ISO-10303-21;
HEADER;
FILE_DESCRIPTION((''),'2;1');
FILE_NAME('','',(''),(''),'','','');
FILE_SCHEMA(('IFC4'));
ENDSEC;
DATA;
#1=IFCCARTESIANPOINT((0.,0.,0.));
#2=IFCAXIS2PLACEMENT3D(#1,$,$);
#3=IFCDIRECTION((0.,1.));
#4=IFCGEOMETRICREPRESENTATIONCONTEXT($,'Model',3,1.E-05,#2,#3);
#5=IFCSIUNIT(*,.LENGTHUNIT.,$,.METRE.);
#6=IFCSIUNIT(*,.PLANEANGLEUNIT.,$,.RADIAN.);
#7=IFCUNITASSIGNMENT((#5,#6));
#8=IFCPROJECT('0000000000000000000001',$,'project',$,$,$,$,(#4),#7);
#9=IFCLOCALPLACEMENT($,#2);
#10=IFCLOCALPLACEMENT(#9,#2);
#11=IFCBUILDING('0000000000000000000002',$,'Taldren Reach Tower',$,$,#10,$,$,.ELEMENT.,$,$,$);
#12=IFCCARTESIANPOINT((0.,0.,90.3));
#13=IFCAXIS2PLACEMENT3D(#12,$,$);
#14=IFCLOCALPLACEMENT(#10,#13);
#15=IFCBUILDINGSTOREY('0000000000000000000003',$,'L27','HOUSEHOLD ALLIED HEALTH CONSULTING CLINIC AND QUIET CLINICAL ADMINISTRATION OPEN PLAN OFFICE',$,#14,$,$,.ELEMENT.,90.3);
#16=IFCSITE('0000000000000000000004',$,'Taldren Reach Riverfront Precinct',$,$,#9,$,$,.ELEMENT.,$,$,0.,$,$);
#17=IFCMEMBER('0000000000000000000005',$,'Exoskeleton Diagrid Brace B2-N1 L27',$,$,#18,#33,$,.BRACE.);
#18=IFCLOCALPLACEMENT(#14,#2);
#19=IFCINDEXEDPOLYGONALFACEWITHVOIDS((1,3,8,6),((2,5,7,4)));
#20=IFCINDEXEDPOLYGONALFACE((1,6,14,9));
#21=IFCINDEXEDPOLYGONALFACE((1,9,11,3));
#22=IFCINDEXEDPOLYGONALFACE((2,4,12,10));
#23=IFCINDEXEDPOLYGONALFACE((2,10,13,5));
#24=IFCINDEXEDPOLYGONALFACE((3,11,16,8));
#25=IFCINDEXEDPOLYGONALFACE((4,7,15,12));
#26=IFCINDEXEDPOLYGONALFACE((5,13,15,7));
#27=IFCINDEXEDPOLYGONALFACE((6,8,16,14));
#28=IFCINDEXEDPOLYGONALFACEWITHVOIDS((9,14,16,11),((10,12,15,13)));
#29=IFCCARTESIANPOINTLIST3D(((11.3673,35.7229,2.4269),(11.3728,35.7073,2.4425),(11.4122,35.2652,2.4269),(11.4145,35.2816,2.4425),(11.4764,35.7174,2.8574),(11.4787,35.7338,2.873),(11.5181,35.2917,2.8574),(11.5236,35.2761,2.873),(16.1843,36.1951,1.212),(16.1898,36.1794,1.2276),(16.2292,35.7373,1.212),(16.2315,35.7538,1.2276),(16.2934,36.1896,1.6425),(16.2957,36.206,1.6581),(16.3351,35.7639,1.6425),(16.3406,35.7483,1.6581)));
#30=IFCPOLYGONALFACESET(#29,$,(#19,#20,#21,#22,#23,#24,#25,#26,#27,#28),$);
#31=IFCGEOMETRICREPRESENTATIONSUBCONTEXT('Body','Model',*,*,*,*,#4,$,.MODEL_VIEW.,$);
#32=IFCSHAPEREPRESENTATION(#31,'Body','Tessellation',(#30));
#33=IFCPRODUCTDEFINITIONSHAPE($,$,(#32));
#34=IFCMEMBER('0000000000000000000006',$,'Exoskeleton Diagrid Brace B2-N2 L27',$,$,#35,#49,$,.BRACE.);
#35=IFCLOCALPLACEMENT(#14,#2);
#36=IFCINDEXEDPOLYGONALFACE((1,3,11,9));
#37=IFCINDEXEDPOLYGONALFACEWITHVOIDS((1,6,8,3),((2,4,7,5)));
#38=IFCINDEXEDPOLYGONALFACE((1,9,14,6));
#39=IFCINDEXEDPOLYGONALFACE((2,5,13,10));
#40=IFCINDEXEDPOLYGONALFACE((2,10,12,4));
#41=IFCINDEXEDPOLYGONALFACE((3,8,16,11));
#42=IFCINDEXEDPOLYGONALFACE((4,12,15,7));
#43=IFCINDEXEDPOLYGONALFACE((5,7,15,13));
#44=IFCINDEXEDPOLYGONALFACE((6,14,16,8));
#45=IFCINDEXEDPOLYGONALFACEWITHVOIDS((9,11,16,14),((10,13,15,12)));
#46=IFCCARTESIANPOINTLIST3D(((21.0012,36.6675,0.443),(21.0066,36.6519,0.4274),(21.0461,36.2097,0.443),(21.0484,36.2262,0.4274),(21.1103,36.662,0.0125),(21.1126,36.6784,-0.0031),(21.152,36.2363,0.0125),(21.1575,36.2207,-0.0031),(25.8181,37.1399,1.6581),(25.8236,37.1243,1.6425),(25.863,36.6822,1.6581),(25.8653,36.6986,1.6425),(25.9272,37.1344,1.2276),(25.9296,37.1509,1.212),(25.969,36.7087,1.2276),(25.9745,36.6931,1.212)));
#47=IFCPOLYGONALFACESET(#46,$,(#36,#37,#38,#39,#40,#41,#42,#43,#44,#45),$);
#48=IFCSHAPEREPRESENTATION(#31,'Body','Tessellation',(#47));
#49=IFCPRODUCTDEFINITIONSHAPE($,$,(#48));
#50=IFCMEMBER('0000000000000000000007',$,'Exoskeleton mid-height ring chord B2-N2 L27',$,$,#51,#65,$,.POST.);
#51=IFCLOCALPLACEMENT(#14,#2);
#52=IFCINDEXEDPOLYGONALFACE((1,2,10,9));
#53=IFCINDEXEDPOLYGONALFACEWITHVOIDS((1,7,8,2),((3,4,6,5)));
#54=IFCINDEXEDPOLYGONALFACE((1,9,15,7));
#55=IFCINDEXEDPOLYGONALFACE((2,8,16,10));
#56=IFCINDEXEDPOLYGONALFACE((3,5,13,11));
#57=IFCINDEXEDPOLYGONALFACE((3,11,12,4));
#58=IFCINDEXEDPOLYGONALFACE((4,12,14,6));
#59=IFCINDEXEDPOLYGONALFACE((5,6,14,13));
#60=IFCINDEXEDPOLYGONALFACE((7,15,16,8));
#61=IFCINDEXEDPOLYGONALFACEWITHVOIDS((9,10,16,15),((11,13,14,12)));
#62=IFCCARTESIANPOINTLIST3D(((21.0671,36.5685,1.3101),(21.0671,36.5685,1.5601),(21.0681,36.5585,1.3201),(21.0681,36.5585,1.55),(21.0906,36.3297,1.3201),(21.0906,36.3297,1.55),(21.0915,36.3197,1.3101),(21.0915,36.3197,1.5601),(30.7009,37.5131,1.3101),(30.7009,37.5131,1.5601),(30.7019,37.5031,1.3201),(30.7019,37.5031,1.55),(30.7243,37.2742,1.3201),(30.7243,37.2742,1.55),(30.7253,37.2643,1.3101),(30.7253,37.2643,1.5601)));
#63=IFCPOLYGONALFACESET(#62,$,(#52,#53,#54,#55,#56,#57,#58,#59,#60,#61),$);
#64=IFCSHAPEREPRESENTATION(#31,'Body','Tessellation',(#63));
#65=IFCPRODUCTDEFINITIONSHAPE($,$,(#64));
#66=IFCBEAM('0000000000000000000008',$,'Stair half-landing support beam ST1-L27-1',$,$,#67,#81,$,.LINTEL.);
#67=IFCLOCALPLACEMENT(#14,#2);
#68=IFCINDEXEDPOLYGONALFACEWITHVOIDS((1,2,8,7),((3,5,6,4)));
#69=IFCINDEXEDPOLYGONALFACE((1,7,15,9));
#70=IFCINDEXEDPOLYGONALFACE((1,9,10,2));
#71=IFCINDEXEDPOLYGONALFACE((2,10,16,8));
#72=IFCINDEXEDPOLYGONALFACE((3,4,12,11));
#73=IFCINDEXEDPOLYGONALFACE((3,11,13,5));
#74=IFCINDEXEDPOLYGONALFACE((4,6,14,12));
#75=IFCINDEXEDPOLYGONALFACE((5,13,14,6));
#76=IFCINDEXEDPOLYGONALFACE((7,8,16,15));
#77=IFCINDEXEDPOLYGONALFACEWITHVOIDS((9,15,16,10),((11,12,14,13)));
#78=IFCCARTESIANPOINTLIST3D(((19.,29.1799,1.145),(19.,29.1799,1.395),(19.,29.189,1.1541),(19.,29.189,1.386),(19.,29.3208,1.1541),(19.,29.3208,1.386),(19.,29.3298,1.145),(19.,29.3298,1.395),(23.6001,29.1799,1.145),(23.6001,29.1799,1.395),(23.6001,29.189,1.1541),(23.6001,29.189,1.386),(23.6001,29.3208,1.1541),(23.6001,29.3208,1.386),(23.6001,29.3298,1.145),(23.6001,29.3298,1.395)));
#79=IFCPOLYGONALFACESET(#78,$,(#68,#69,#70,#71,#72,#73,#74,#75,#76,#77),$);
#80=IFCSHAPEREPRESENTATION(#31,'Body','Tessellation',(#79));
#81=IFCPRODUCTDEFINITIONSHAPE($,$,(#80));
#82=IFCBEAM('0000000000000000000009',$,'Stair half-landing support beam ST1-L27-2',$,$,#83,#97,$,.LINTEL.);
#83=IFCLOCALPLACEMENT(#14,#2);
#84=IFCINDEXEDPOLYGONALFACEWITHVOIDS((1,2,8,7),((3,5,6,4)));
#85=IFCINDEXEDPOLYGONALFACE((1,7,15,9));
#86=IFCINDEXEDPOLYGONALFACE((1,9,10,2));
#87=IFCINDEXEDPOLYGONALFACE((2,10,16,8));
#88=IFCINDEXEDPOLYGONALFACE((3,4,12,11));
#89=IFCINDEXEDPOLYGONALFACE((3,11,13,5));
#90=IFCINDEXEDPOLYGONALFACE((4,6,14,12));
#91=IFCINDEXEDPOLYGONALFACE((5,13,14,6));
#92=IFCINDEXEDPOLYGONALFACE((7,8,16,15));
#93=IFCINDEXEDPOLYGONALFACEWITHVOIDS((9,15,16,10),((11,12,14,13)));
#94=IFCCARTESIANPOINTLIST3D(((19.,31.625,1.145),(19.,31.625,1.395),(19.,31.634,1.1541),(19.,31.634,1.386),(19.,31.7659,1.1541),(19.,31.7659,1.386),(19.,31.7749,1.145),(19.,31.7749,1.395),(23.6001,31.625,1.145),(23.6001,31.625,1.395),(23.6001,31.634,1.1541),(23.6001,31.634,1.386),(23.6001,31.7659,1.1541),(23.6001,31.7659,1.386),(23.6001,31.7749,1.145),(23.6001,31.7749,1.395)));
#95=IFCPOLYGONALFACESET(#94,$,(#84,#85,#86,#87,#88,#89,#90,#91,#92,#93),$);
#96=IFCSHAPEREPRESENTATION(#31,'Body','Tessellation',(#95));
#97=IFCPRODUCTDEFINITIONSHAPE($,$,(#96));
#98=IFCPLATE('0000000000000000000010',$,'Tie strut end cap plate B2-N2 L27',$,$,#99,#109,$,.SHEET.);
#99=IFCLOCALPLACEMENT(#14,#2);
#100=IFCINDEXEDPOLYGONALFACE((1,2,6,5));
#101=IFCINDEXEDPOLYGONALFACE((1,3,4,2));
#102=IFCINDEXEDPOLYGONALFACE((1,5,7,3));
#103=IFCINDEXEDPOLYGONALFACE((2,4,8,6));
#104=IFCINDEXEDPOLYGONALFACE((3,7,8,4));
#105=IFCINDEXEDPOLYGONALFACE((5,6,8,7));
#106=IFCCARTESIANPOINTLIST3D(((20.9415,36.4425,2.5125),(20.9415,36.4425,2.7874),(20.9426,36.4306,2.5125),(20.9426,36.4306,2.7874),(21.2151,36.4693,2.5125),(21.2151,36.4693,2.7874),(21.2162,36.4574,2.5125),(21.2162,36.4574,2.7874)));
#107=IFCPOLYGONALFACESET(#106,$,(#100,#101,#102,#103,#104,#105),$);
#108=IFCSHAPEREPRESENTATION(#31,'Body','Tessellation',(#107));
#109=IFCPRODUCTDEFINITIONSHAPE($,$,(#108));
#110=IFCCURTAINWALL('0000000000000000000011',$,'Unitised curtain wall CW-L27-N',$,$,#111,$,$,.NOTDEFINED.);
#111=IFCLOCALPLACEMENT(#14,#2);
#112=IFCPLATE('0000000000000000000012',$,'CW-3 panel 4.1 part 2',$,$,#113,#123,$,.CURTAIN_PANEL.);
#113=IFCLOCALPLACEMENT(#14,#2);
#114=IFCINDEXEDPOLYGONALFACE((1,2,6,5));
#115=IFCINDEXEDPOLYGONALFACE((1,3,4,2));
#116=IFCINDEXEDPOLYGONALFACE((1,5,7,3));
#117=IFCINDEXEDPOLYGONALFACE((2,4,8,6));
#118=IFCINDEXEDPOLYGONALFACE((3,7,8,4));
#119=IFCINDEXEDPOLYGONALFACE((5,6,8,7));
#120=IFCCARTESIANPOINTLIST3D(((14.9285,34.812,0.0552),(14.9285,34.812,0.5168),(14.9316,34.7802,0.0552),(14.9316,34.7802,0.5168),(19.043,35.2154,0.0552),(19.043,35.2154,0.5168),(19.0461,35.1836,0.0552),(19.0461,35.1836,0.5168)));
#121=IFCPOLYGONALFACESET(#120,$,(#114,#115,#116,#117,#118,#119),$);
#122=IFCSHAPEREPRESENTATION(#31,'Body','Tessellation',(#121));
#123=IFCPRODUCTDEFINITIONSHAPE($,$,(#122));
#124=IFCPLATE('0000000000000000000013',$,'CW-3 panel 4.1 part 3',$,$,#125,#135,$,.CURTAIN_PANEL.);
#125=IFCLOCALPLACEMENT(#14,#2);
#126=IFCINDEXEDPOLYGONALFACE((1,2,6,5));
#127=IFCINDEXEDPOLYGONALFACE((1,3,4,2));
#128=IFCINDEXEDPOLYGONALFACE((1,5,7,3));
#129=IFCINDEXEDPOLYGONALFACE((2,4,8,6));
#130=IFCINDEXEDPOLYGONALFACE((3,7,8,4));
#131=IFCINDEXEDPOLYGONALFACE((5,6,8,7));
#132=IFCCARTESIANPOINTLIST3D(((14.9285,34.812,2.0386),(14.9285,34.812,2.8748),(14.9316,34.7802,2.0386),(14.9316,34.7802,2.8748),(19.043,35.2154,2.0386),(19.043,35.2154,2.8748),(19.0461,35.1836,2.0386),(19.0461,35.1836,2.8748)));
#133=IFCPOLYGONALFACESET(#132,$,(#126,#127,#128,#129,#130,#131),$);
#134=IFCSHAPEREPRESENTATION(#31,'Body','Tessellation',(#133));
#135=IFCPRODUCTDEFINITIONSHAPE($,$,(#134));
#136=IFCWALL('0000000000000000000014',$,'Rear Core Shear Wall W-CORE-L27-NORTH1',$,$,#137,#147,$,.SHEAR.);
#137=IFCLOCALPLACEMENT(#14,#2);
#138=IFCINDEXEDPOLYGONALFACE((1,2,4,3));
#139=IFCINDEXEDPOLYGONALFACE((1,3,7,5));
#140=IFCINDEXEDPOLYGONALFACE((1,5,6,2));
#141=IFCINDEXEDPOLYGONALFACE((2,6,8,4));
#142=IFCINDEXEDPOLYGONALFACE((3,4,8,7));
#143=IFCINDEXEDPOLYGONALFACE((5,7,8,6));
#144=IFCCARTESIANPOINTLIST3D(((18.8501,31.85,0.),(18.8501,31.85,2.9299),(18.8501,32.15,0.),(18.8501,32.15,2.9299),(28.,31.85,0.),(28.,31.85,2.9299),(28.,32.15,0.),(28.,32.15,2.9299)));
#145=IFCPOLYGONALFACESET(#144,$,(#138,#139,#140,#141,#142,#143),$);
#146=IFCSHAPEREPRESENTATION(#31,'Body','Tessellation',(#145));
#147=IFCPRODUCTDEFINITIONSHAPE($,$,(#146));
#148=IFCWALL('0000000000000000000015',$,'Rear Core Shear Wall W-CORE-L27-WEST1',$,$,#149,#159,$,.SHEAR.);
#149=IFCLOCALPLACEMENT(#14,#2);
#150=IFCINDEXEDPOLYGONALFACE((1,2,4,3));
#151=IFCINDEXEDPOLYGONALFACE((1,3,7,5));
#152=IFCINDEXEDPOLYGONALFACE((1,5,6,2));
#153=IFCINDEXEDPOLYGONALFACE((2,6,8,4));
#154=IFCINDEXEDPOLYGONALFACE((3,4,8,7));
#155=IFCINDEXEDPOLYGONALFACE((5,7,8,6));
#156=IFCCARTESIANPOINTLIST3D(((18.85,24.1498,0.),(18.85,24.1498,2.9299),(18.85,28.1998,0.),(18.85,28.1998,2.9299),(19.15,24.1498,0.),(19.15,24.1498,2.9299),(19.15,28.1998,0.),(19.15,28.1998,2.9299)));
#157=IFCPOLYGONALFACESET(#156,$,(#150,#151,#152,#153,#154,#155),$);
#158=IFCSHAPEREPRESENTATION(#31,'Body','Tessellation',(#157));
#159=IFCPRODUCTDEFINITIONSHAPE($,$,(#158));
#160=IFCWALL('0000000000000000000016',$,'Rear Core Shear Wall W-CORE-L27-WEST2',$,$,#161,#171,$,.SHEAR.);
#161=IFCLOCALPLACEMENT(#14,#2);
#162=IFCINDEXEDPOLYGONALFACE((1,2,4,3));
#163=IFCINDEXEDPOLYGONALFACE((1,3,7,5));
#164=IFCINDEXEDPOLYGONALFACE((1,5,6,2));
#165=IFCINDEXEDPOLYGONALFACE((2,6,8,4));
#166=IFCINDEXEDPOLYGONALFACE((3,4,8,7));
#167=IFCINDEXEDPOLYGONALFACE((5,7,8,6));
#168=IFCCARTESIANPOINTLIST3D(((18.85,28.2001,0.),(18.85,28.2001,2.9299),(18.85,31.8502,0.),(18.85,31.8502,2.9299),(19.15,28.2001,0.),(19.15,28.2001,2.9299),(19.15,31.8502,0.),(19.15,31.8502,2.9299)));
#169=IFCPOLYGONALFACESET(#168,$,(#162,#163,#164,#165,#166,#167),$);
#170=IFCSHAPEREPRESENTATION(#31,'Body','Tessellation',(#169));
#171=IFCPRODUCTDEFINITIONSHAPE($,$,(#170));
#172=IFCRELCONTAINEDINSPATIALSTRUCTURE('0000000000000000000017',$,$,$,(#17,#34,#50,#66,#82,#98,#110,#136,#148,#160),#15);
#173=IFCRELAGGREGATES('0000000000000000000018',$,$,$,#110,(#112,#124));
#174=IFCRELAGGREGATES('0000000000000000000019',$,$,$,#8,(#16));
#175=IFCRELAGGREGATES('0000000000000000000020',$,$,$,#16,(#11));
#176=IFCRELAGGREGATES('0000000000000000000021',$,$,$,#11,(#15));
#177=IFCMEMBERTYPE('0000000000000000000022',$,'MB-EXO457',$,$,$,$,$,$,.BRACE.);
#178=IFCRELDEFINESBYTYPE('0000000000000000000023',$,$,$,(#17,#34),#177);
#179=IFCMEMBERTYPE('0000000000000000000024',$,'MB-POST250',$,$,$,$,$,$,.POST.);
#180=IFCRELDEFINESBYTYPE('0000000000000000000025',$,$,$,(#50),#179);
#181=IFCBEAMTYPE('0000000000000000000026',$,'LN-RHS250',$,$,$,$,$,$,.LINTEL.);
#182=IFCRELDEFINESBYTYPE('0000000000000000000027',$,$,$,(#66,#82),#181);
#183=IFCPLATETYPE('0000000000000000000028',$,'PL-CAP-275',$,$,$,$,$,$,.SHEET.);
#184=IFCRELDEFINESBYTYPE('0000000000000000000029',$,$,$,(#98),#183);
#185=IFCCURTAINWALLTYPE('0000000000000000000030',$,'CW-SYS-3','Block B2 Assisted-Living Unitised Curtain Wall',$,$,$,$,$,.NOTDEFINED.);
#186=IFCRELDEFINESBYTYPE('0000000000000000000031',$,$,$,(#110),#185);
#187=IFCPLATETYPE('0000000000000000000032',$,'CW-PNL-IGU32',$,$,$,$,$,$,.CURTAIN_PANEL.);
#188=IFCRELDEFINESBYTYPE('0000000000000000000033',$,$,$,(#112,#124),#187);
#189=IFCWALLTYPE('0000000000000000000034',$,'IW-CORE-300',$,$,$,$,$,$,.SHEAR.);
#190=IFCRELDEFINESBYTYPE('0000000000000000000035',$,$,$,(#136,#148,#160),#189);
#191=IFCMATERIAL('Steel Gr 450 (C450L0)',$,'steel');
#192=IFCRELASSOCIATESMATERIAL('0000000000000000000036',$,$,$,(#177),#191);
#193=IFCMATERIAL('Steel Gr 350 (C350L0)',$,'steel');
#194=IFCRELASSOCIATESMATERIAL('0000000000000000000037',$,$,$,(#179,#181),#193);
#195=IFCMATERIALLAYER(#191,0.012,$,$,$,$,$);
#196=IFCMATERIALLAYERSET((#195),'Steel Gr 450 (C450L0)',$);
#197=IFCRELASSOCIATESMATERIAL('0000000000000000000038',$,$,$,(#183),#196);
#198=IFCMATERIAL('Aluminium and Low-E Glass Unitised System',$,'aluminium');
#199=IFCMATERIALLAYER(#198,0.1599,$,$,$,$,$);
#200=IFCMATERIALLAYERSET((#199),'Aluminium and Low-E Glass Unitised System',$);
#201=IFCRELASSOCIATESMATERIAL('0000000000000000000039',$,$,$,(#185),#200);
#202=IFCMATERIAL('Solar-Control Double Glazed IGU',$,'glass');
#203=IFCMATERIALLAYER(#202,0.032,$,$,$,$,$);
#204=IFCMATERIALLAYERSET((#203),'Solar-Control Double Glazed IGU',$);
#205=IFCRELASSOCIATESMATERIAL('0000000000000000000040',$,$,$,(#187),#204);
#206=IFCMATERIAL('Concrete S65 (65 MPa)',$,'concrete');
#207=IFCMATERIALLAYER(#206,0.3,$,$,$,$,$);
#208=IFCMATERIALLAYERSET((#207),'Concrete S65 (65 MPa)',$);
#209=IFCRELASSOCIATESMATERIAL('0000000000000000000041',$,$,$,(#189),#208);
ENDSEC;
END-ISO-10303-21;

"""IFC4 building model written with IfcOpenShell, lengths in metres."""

from ifc_helpers import new_model, si_unit, direction, frame, frame_2d, origin, origin_2d, place, context, subcontext, project, spatial, rectangle, hollow_rectangle, extrude, source, transform, mapped, material, layer, layer_set, material_profile, profile_set, type_object, element, aggregate, save


model = new_model("IFC4")

# Units and contexts
model_context = context("Model", 3, precision=1e-05, world=origin(), true_north=direction((0.0, 1.0)))
body_context = subcontext(model_context, "Body", "Model", "MODEL_VIEW")
ifc_project = project(units=[si_unit("LENGTHUNIT", "METRE"), si_unit("PLANEANGLEUNIT", "RADIAN")], contexts=[model_context])

# Site, building, storey
site_placement = place(None, origin())
site = spatial("IfcSite", under=ifc_project, at=site_placement, Name="Taldren Reach Riverfront Precinct", CompositionType="ELEMENT", RefElevation=0.0)
building_placement = place(site_placement, origin())
building = spatial("IfcBuilding", under=site, at=building_placement, Name="Taldren Reach Tower", CompositionType="ELEMENT")
storey_placement = place(building_placement, frame((0.0, 0.0, 90.3)))
storey = spatial("IfcBuildingStorey", under=building, at=storey_placement, Name="L27", Description="HOUSEHOLD ALLIED HEALTH CONSULTING CLINIC AND QUIET CLINICAL ADMINISTRATION OPEN PLAN OFFICE", CompositionType="ELEMENT", Elevation=90.3)

# Shared definitions
ifc_material_1 = material(Name="Concrete S65 (65 MPa)", Category="concrete")

# Members
ifc_material_2 = material(Name="Steel Gr 450 (C450L0)", Category="steel")
ifc_material_profile_1 = material_profile(ifc_material_2, hollow_rectangle(XDim=0.46, YDim=0.46, WallThickness=0.0161, at=origin_2d()), Name="460x460x16.0SHS")
ifc_profile_set_1 = profile_set([ifc_material_profile_1], Name="Steel Gr 450 (C450L0)")
member_type_1 = type_object("IfcMemberType", Name="MB-EXO457", PredefinedType="BRACE", material=ifc_profile_set_1)
shared_shape_1 = source(origin(), body_context, "Body", "SweptSolid", [
    extrude(hollow_rectangle(XDim=0.46, YDim=0.46, WallThickness=0.0161, at=origin_2d()), origin(), (0.0, 0.0, 1.0), 4.9902),
])
for number, where, z_axis, x_axis, name in (
    (1, (16.2625, 35.9717, 1.4351), (-0.965287, -0.094621, 0.24345), (0.097556, -0.99523, 0.0), "Exoskeleton Diagrid Brace B2-N1 L27"),
    (2, (21.0793, 36.4441, 0.22), (0.965271, 0.094668, 0.243495), (-0.097606, 0.995225, 0.0), "Exoskeleton Diagrid Brace B2-N2 L27"),
):
    element("IfcMember", number, at=place(storey_placement, frame(where, z_axis=z_axis, x_axis=x_axis)), inside=storey, type_object=member_type_1, Name=name, PredefinedType="BRACE", context=body_context, shape_type="MappedRepresentation", body=[
        mapped(shared_shape_1, transform((0.0, 0.0, 0.0), scale=1.0)),
    ])
ifc_material_3 = material(Name="Steel Gr 350 (C350L0)", Category="steel")
ifc_material_profile_2 = material_profile(ifc_material_3, hollow_rectangle(XDim=0.25, YDim=0.25, WallThickness=0.01, at=origin_2d()), Name="250x250x10.0SHS")
ifc_profile_set_2 = profile_set([ifc_material_profile_2], Name="Steel Gr 350 (C350L0)")
member_type_2 = type_object("IfcMemberType", Name="MB-POST250", PredefinedType="POST", material=ifc_profile_set_2)
shared_shape_2 = source(origin(), body_context, "Body", "SweptSolid", [
    extrude(hollow_rectangle(XDim=0.25, YDim=0.25, WallThickness=0.01, at=origin_2d()), origin(), (0.0, 0.0, 1.0), 9.6799),
])
member_placement = place(storey_placement, frame((21.0793, 36.4441, 1.4351), z_axis=(0.995228, 0.097581, 0.0), x_axis=(-0.097581, 0.995228, 0.0)))
element("IfcMember", 3, at=member_placement, inside=storey, type_object=member_type_2, Name="Exoskeleton mid-height ring chord B2-N2 L27", PredefinedType="POST", context=body_context, shape_type="MappedRepresentation", body=[
    mapped(shared_shape_2, transform((0.0, 0.0, 0.0), scale=1.0)),
])

# Beams
ifc_material_profile_3 = material_profile(ifc_material_3, hollow_rectangle(XDim=0.1499, YDim=0.25, WallThickness=0.009, at=origin_2d()), Name="250x150x9.0RHS")
ifc_profile_set_3 = profile_set([ifc_material_profile_3], Name="Steel Gr 350 (C350L0)")
beam_type_1 = type_object("IfcBeamType", Name="LN-RHS250", PredefinedType="LINTEL", material=ifc_profile_set_3)
shared_shape_3 = source(origin(), body_context, "Body", "SweptSolid", [
    extrude(hollow_rectangle(XDim=0.1499, YDim=0.25, WallThickness=0.009, at=origin_2d()), origin(), (0.0, 0.0, 1.0), 4.6001),
])
for number, where, z_axis, x_axis, name in (
    (4, (19.0, 29.2549, 1.27), (1.0, 0.0, 0.0), (0.0, 1.0, 0.0), "Stair half-landing support beam ST1-L27-1"),
    (5, (19.0, 31.7, 1.27), (1.0, 0.0, 0.0), (0.0, 1.0, 0.0), "Stair half-landing support beam ST1-L27-2"),
):
    element("IfcBeam", number, at=place(storey_placement, frame(where, z_axis=z_axis, x_axis=x_axis)), inside=storey, type_object=beam_type_1, Name=name, PredefinedType="LINTEL", context=body_context, shape_type="MappedRepresentation", body=[
        mapped(shared_shape_3, transform((0.0, 0.0, 0.0), scale=1.0)),
    ])

# Plate
ifc_layer_1 = layer(ifc_material_2, 0.012)
ifc_layer_set_1 = layer_set([ifc_layer_1], Name="Steel Gr 450 (C450L0)")
plate_type_1 = type_object("IfcPlateType", Name="PL-CAP-275", PredefinedType="SHEET", material=ifc_layer_set_1)
shared_shape_4 = source(origin(), body_context, "Body", "SweptSolid", [
    extrude(rectangle(XDim=0.2749, YDim=0.012, at=origin_2d()), origin(), (0.0, 0.0, 1.0), 0.2749),
])
plate_1_placement = place(storey_placement, frame((21.0789, 36.45, 2.5125), z_axis=(0.0, 0.0, 1.0), x_axis=(0.995227, 0.097583, 0.0)))
element("IfcPlate", 6, at=plate_1_placement, inside=storey, type_object=plate_type_1, Name="Tie strut end cap plate B2-N2 L27", PredefinedType="SHEET", context=body_context, shape_type="MappedRepresentation", body=[
    mapped(shared_shape_4, transform((0.0, 0.0, 0.0), scale=1.0)),
])

# Curtain wall, plates
ifc_material_4 = material(Name="Aluminium and Low-E Glass Unitised System", Category="aluminium")
ifc_layer_2 = layer(ifc_material_4, 0.1599)
ifc_layer_set_2 = layer_set([ifc_layer_2], Name="Aluminium and Low-E Glass Unitised System")
curtain_wall_type = type_object("IfcCurtainWallType", Name="CW-SYS-3", Description="Block B2 Assisted-Living Unitised Curtain Wall", PredefinedType="NOTDEFINED", material=ifc_layer_set_2)
curtain_wall_placement = place(storey_placement, origin())
curtain_wall = element("IfcCurtainWall", 7, at=curtain_wall_placement, inside=storey, type_object=curtain_wall_type, Name="Unitised curtain wall CW-L27-N", PredefinedType="NOTDEFINED")
ifc_material_5 = material(Name="Solar-Control Double Glazed IGU", Category="glass")
ifc_layer_3 = layer(ifc_material_5, 0.032)
ifc_layer_set_3 = layer_set([ifc_layer_3], Name="Solar-Control Double Glazed IGU")
plate_type_2 = type_object("IfcPlateType", Name="CW-PNL-IGU32", PredefinedType="CURTAIN_PANEL", material=ifc_layer_set_3)
shared_shape_5 = source(origin(), body_context, "Body", "SweptSolid", [
    extrude(rectangle(XDim=4.1343, YDim=0.032, at=origin_2d()), origin(), (0.0, 0.0, 1.0), 0.4617),
])
plate_2_placement = place(storey_placement, frame((16.9873, 34.9978, 0.0552), z_axis=(0.0, 0.0, 1.0), x_axis=(-0.995227, -0.097583, 0.0)))
plate_2 = element("IfcPlate", 8, at=plate_2_placement, type_object=plate_type_2, Name="CW-3 panel 4.1 part 2", PredefinedType="CURTAIN_PANEL", context=body_context, shape_type="MappedRepresentation", body=[
    mapped(shared_shape_5, transform((0.0, 0.0, 0.0), scale=1.0)),
])
shared_shape_6 = source(origin(), body_context, "Body", "SweptSolid", [
    extrude(rectangle(XDim=4.1343, YDim=0.032, at=origin_2d()), origin(), (0.0, 0.0, 1.0), 0.8362),
])
plate_3_placement = place(storey_placement, frame((16.9873, 34.9978, 2.0386), z_axis=(0.0, 0.0, 1.0), x_axis=(-0.995227, -0.097583, 0.0)))
plate_3 = element("IfcPlate", 9, at=plate_3_placement, type_object=plate_type_2, Name="CW-3 panel 4.1 part 3", PredefinedType="CURTAIN_PANEL", context=body_context, shape_type="MappedRepresentation", body=[
    mapped(shared_shape_6, transform((0.0, 0.0, 0.0), scale=1.0)),
])
aggregate(curtain_wall, [plate_2, plate_3])

# Walls
ifc_layer_4 = layer(ifc_material_1, 0.3)
ifc_layer_set_4 = layer_set([ifc_layer_4], Name="Concrete S65 (65 MPa)")
wall_type_1 = type_object("IfcWallType", Name="IW-CORE-300", PredefinedType="SHEAR", material=ifc_layer_set_4)
shared_shape_7 = source(origin(), body_context, "Body", "SweptSolid", [
    extrude(rectangle(XDim=9.1499, YDim=0.3, at=frame_2d((4.575, 0.0))), origin(), (0.0, 0.0, 1.0), 2.9299),
])
wall_1_placement = place(storey_placement, frame((18.8501, 32.0, 0.0), z_axis=(0.0, 0.0, 1.0), x_axis=(1.0, 0.0, 0.0)))
element("IfcWall", 10, at=wall_1_placement, inside=storey, type_object=wall_type_1, Name="Rear Core Shear Wall W-CORE-L27-NORTH1", PredefinedType="SHEAR", context=body_context, shape_type="MappedRepresentation", body=[
    mapped(shared_shape_7, transform((0.0, 0.0, 0.0), scale=1.0)),
])
shared_shape_8 = source(origin(), body_context, "Body", "SweptSolid", [
    extrude(rectangle(XDim=4.05, YDim=0.3, at=frame_2d((2.0249, 0.0))), origin(), (0.0, 0.0, 1.0), 2.9299),
])
wall_2_placement = place(storey_placement, frame((19.0, 24.1499, 0.0), z_axis=(0.0, 0.0, 1.0), x_axis=(0.0, 1.0, 0.0)))
element("IfcWall", 11, at=wall_2_placement, inside=storey, type_object=wall_type_1, Name="Rear Core Shear Wall W-CORE-L27-WEST1", PredefinedType="SHEAR", context=body_context, shape_type="MappedRepresentation", body=[
    mapped(shared_shape_8, transform((0.0, 0.0, 0.0), scale=1.0)),
])
shared_shape_9 = source(origin(), body_context, "Body", "SweptSolid", [
    extrude(rectangle(XDim=3.6501, YDim=0.3, at=frame_2d((1.8252, 0.0))), origin(), (0.0, 0.0, 1.0), 2.9299),
])
wall_3_placement = place(storey_placement, frame((19.0, 28.2, 0.0), z_axis=(0.0, 0.0, 1.0), x_axis=(0.0, 1.0, 0.0)))
element("IfcWall", 12, at=wall_3_placement, inside=storey, type_object=wall_type_1, Name="Rear Core Shear Wall W-CORE-L27-WEST2", PredefinedType="SHEAR", context=body_context, shape_type="MappedRepresentation", body=[
    mapped(shared_shape_9, transform((0.0, 0.0, 0.0), scale=1.0)),
])

save(model, "model.ifc")
